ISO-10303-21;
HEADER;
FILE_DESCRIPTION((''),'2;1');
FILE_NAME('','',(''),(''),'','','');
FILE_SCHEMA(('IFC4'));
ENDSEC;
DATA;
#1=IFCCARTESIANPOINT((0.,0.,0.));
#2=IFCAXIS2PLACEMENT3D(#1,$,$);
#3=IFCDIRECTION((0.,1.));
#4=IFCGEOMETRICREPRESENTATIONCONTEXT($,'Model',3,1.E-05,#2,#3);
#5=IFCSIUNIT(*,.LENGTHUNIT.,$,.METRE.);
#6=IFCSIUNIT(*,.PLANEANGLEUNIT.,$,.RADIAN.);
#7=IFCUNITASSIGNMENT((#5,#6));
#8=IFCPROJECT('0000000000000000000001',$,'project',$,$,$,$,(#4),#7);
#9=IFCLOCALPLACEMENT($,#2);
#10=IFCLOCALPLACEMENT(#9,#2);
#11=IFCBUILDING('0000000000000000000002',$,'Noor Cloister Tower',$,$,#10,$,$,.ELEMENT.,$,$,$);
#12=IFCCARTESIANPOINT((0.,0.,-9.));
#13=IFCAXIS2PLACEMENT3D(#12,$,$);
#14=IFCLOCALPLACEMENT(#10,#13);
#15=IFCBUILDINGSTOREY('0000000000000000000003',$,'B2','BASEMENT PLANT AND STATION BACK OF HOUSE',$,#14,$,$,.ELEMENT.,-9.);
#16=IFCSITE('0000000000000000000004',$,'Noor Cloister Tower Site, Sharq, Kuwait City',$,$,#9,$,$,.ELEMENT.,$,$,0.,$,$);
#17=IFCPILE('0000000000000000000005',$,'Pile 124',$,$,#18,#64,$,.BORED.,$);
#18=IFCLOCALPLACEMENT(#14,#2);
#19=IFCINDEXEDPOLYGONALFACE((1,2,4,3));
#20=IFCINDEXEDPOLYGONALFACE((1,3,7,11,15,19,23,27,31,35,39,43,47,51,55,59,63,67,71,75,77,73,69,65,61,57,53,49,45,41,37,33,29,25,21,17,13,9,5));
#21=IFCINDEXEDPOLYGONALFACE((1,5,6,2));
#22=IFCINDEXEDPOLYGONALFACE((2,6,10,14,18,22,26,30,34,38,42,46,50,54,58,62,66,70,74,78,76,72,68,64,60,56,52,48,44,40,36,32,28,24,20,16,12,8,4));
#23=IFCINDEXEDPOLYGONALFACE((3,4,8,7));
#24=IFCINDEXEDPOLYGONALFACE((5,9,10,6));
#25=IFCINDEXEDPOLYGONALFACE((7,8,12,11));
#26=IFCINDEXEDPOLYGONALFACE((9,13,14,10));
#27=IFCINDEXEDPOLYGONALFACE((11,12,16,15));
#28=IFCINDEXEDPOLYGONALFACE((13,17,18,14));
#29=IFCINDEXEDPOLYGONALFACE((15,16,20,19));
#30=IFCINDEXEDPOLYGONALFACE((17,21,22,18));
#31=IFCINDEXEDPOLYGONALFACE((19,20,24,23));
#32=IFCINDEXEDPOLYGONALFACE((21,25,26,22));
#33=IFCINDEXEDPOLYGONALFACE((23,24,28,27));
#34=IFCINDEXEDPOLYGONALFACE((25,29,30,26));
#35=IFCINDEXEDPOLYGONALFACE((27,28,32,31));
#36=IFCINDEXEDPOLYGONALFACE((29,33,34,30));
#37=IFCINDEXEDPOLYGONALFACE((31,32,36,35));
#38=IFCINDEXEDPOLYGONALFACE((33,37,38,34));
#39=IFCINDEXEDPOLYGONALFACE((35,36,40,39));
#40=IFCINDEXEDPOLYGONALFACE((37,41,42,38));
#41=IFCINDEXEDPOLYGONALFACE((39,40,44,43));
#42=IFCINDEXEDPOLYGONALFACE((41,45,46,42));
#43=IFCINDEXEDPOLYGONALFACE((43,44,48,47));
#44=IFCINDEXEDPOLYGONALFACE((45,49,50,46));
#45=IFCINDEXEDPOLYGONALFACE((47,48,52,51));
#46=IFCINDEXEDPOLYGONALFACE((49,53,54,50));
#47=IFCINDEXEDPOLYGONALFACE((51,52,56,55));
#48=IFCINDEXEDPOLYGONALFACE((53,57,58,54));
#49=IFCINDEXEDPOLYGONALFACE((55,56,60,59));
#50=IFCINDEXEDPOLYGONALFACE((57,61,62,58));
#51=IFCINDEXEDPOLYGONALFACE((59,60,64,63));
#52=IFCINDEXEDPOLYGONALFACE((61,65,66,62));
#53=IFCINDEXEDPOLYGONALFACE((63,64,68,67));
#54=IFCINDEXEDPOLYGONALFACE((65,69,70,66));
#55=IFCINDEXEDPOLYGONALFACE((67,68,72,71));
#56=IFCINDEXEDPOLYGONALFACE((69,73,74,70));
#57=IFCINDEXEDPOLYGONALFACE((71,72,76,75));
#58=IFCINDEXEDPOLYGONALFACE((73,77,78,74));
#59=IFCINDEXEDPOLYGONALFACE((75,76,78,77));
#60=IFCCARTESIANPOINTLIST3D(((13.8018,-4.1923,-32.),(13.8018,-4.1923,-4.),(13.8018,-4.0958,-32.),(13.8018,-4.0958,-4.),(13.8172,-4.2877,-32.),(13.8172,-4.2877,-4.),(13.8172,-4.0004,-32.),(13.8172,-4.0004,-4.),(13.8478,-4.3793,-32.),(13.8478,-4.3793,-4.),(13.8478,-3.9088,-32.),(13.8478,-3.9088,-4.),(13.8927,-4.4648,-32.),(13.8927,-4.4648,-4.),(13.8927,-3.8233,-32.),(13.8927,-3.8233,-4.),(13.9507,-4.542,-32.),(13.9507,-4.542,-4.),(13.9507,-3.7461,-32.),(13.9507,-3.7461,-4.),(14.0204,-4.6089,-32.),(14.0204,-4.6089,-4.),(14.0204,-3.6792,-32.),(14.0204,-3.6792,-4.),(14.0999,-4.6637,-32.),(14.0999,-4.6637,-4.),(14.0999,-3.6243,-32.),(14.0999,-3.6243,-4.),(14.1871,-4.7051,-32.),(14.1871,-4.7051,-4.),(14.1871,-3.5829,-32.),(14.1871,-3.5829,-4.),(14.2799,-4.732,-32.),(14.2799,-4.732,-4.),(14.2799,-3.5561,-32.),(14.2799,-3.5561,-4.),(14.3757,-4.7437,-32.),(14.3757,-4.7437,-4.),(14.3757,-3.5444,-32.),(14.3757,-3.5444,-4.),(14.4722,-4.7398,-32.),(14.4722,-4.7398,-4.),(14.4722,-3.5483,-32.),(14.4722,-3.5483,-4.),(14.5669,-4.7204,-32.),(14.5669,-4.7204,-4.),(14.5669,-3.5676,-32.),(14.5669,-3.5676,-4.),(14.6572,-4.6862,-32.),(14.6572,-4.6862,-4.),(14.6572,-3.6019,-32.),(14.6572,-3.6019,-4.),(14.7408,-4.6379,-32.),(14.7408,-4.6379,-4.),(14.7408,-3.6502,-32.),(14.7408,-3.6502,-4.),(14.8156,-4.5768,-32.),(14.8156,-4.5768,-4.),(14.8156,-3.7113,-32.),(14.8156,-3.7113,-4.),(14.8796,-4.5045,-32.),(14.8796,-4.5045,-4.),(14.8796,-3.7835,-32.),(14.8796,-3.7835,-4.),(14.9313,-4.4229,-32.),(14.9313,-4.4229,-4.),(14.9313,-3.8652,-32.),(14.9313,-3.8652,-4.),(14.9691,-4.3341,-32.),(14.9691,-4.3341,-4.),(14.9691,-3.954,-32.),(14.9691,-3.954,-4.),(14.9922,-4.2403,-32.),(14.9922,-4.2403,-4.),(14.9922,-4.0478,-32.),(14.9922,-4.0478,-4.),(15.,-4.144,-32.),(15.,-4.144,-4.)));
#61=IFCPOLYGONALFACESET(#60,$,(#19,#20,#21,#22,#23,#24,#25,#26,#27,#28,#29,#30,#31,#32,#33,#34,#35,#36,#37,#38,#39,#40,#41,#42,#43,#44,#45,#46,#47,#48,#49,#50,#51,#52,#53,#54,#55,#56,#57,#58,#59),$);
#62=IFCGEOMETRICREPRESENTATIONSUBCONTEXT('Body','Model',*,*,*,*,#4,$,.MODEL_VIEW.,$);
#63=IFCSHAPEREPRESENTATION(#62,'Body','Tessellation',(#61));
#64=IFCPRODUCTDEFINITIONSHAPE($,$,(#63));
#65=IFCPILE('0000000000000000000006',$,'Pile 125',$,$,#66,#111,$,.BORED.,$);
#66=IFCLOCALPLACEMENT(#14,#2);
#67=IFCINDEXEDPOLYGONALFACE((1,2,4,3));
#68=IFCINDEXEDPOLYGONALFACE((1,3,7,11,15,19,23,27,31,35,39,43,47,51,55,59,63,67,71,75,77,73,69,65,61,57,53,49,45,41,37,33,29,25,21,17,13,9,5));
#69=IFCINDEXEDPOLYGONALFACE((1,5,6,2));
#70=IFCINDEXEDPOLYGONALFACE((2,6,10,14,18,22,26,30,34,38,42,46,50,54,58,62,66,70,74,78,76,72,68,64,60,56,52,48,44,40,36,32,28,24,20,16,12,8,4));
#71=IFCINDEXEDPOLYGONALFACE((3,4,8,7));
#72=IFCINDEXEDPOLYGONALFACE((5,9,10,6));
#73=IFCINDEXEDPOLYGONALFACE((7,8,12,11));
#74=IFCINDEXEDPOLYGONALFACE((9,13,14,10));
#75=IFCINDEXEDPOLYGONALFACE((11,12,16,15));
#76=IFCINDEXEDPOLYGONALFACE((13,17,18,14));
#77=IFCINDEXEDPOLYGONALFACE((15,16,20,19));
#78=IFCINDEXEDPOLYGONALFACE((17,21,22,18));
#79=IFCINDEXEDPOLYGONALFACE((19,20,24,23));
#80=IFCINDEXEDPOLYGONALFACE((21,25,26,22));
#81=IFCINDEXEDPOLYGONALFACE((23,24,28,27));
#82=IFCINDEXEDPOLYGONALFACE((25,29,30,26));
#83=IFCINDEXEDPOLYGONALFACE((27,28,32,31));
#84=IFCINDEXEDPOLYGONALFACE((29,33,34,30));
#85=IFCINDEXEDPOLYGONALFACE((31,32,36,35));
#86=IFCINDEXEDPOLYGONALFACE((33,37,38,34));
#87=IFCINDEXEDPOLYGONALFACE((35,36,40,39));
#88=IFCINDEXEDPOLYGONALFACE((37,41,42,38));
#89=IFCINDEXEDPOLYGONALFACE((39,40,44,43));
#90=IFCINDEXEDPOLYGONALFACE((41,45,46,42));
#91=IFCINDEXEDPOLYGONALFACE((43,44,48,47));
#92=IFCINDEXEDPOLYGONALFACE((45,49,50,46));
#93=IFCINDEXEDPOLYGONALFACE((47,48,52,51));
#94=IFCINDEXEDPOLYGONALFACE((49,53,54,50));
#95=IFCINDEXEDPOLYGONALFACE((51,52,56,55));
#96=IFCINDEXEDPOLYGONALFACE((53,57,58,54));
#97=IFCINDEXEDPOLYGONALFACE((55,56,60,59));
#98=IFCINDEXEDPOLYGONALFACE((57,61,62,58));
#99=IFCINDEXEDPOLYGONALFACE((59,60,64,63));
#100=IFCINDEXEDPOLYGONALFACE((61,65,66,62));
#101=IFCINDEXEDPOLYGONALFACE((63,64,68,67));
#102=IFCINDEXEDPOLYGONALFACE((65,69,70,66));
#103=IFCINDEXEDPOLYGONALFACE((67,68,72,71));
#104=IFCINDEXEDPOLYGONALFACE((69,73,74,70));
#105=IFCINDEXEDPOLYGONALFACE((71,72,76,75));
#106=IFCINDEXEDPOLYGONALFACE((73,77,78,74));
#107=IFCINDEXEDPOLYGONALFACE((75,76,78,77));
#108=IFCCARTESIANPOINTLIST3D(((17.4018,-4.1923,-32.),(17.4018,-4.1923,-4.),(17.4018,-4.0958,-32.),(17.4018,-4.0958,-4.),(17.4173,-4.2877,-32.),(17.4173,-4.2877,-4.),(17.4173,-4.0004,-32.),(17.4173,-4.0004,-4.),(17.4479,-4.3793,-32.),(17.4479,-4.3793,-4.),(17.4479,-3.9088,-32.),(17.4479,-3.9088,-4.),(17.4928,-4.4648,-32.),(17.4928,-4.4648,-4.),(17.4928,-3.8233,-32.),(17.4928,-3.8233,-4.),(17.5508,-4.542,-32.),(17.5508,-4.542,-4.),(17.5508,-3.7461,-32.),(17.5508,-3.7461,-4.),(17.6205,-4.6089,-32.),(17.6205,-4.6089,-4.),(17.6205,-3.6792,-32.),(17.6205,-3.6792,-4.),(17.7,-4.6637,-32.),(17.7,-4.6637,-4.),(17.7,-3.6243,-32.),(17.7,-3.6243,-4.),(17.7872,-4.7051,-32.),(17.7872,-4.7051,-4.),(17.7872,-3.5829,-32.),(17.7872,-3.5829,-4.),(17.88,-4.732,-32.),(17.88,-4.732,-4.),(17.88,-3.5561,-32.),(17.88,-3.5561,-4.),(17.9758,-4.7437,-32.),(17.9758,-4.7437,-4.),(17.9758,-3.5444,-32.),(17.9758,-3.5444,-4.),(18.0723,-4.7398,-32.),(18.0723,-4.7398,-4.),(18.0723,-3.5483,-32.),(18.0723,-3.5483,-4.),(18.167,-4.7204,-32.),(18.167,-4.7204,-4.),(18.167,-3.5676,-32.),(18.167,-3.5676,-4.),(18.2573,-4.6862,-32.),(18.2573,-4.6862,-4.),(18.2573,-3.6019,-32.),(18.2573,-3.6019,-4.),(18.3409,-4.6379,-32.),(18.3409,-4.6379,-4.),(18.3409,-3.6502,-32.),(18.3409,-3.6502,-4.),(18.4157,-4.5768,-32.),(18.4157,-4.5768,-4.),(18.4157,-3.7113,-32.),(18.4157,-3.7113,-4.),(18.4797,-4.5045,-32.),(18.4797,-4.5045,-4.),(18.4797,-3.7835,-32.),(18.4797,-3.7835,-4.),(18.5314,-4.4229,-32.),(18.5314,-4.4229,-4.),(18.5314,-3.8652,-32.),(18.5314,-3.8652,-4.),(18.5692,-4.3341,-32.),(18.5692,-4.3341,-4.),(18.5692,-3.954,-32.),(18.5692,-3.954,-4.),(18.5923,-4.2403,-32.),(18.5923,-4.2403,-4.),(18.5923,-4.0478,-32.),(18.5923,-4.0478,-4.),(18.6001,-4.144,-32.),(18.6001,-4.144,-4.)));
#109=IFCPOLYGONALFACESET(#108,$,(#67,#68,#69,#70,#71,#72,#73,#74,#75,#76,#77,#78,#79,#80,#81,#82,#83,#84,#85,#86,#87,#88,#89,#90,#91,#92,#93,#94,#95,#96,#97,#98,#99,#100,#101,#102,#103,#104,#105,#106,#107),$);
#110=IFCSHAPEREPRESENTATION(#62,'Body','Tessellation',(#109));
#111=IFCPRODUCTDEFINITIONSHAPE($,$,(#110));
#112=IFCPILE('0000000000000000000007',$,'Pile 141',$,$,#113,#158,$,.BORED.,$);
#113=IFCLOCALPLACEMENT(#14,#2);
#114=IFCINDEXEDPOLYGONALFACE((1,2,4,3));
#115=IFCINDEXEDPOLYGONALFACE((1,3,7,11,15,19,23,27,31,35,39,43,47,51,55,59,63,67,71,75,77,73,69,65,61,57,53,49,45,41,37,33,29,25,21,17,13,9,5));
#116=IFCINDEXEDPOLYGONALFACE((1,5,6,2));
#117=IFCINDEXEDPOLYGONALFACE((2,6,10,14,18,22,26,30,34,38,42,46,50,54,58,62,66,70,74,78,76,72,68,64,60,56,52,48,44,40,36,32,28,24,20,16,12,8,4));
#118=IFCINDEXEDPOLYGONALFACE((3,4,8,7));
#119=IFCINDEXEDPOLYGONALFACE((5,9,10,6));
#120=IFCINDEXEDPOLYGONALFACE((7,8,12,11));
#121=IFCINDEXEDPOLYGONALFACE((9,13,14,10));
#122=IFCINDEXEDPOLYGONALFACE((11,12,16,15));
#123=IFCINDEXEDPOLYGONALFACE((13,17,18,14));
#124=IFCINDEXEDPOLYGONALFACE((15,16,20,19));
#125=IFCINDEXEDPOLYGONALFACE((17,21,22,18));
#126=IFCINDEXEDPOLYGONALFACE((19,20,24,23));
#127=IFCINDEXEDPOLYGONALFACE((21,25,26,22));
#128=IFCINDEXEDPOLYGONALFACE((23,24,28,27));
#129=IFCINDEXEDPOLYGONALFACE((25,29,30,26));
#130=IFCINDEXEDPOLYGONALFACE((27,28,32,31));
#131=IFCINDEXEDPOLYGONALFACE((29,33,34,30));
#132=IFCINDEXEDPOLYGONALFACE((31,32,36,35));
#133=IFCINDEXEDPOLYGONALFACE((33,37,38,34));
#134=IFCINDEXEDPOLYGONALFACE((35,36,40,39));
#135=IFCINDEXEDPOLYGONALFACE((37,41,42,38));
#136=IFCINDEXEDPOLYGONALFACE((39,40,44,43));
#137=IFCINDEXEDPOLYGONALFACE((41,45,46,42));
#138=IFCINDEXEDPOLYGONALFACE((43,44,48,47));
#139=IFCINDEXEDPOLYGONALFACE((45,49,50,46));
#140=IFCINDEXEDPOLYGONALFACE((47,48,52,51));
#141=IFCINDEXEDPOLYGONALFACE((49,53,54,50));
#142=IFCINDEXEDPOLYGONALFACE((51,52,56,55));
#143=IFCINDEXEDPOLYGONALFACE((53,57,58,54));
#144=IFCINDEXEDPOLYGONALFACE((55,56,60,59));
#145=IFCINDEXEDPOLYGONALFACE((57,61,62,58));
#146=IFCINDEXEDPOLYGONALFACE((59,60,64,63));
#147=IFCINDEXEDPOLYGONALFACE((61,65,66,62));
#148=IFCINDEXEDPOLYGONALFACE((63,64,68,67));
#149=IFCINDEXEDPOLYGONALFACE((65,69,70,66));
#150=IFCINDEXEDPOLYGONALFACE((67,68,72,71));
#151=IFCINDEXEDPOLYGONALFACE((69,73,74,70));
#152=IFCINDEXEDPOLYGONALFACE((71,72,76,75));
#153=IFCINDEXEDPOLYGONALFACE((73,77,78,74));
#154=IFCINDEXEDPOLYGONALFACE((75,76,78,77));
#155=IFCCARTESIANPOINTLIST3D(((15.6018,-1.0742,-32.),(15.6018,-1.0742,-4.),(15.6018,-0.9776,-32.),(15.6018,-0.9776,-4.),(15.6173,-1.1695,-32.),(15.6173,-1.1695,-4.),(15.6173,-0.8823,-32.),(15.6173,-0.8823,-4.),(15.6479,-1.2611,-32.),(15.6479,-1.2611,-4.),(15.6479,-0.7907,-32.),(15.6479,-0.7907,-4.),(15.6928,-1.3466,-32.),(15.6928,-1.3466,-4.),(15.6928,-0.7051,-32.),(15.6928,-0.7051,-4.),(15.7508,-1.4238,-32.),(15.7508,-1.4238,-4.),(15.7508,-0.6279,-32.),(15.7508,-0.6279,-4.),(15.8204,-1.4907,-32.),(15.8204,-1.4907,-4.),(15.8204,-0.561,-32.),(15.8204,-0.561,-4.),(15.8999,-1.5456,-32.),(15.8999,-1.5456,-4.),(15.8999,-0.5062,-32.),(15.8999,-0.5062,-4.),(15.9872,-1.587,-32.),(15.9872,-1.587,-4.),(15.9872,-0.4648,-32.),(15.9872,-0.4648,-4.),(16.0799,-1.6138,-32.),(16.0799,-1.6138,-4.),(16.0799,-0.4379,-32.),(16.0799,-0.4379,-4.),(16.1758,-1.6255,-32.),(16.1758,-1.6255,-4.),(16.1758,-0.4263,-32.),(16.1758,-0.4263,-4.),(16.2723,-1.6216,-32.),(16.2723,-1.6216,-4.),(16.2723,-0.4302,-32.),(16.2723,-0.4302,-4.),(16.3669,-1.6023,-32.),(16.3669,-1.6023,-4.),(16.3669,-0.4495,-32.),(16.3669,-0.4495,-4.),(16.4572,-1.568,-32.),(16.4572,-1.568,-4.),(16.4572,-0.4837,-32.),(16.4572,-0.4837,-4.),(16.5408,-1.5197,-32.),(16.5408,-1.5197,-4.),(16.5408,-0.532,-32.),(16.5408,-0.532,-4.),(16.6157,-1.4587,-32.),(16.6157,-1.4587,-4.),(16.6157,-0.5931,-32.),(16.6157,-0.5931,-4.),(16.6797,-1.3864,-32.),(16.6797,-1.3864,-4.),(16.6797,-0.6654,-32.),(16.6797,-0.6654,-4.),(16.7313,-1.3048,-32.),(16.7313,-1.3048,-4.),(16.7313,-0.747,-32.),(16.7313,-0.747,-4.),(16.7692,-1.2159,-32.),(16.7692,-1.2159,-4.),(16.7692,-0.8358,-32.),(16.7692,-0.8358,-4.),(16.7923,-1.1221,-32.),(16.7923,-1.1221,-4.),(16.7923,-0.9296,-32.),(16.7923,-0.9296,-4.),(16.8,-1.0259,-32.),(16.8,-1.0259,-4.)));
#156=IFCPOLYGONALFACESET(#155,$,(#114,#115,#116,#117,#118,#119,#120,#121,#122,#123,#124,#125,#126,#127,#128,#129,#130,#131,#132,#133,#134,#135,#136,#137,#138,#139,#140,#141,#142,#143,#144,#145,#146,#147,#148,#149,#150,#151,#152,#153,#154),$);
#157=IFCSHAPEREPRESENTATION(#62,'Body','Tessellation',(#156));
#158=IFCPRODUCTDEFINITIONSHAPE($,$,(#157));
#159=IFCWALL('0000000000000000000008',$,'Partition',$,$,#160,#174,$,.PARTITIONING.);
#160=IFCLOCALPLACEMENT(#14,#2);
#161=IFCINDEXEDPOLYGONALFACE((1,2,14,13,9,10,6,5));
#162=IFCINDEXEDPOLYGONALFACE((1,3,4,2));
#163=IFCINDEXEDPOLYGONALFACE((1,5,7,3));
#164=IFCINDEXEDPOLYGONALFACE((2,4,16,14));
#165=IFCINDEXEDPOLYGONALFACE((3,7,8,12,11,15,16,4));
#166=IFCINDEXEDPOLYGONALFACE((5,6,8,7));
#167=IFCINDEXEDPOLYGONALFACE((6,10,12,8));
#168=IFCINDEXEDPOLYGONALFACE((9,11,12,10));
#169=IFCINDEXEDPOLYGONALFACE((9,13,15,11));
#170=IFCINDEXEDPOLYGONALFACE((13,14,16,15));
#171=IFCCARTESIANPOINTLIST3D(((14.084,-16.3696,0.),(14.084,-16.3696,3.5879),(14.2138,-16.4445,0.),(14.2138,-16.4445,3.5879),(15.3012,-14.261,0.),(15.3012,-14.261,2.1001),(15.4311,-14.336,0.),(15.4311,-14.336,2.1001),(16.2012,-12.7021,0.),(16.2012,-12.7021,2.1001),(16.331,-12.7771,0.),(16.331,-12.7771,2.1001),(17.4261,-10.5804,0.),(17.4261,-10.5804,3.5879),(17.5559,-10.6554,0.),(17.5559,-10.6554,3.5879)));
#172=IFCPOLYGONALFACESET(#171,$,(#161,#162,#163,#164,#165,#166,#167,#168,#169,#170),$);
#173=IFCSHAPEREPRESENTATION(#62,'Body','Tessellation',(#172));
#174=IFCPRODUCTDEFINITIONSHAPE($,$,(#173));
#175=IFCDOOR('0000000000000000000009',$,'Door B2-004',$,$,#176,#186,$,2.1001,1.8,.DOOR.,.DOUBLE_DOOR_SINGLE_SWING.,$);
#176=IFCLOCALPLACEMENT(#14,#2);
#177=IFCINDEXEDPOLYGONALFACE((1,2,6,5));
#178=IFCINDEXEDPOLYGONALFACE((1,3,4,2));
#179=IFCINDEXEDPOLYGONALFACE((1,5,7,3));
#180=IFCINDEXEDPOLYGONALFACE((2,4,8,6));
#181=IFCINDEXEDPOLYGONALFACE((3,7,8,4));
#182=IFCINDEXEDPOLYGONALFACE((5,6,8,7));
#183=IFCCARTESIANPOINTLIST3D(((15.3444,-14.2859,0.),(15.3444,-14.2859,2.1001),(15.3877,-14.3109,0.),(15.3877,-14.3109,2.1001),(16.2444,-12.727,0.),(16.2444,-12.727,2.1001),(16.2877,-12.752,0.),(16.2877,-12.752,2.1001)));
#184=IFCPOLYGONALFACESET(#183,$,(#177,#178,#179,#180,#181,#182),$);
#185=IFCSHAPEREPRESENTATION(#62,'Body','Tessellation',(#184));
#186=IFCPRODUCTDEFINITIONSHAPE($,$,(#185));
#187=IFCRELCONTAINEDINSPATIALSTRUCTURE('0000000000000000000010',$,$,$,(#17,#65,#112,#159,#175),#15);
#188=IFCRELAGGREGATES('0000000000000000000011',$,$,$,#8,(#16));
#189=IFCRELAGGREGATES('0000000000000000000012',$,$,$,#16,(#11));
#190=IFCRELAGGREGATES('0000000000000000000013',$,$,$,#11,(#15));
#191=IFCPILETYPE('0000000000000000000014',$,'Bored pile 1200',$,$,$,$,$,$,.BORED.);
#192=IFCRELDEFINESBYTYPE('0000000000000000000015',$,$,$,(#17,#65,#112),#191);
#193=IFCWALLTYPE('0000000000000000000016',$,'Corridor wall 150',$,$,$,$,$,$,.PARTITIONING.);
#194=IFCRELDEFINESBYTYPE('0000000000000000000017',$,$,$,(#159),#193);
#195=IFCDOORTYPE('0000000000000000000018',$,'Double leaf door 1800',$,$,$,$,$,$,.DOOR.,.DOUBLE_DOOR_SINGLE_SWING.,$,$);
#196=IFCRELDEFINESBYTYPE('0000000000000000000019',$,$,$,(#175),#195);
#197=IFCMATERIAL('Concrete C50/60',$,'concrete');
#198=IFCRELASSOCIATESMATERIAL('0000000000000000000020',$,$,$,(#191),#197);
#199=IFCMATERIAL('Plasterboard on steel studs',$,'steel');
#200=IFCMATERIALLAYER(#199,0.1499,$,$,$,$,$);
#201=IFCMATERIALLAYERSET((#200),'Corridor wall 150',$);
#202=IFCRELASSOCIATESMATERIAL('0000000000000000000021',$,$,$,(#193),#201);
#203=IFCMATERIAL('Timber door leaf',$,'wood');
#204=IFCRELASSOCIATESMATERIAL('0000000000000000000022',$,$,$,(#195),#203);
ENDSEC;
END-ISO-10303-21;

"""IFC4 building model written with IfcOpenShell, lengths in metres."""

from ifc_helpers import new_model, si_unit, direction, frame, frame_2d, origin, origin_2d, place, context, subcontext, project, spatial, rectangle, circle, extrude, material, layer, layer_set, material_profile, profile_set, type_object, element, fill, save


model = new_model("IFC4")

# Units and contexts
model_context = context("Model", 3, precision=1e-05, world=origin(), true_north=direction((0.0, 1.0)))
body_context = subcontext(model_context, "Body", "Model", "MODEL_VIEW")
ifc_project = project(units=[si_unit("LENGTHUNIT", "METRE"), si_unit("PLANEANGLEUNIT", "RADIAN")], contexts=[model_context])

# Site, building, storey
site_placement = place(None, origin())
site = spatial("IfcSite", under=ifc_project, at=site_placement, Name="Noor Cloister Tower Site, Sharq, Kuwait City", CompositionType="ELEMENT", RefElevation=0.0)
building_placement = place(site_placement, origin())
building = spatial("IfcBuilding", under=site, at=building_placement, Name="Noor Cloister Tower", CompositionType="ELEMENT")
storey_placement = place(building_placement, frame((0.0, 0.0, -9.0)))
storey = spatial("IfcBuildingStorey", under=building, at=storey_placement, Name="B2", Description="BASEMENT PLANT AND STATION BACK OF HOUSE", CompositionType="ELEMENT", Elevation=-9.0)

# Piles
ifc_material_1 = material(Name="Concrete C50/60", Category="concrete")
ifc_material_profile = material_profile(ifc_material_1, circle(Radius=0.6001, at=origin_2d()), Name="Bored pile 1200")
ifc_profile_set = profile_set([ifc_material_profile], Name="Concrete C50/60")
pile_type = type_object("IfcPileType", Name="Bored pile 1200", PredefinedType="BORED", material=ifc_profile_set)
for number, where, z_axis, x_axis, name in (
    (1, (14.3999, -4.144, -4.0), (0.0, 0.0, -1.0), (1.0, 0.0, 0.0), "Pile 124"),
    (2, (18.0, -4.144, -4.0), (0.0, 0.0, -1.0), (1.0, 0.0, 0.0), "Pile 125"),
    (3, (16.2, -1.0259, -4.0), (0.0, 0.0, -1.0), (1.0, 0.0, 0.0), "Pile 141"),
):
    element("IfcPile", number, at=place(storey_placement, frame(where, z_axis=z_axis, x_axis=x_axis)), inside=storey, type_object=pile_type, Name=name, PredefinedType="BORED", context=body_context, shape_type="SweptSolid", body=[
        extrude(circle(Radius=0.6001, at=origin_2d()), origin(), (0.0, 0.0, 1.0), 28.0),
    ])

# Wall, opening, door
ifc_material_2 = material(Name="Plasterboard on steel studs", Category="steel")
ifc_layer_1 = layer(ifc_material_2, 0.1499)
ifc_layer_set_1 = layer_set([ifc_layer_1], Name="Corridor wall 150")
wall_type_1 = type_object("IfcWallType", Name="Corridor wall 150", PredefinedType="PARTITIONING", material=ifc_layer_set_1)
wall_1_placement = place(storey_placement, frame((17.491, -10.6179, 0.0), z_axis=(0.0, 0.0, 1.0), x_axis=(-0.499969, -0.866043, 0.0)))
wall_1 = element("IfcWall", 4, at=wall_1_placement, inside=storey, type_object=wall_type_1, Name="Partition", PredefinedType="PARTITIONING", context=body_context, shape_type="SweptSolid", body=[
    extrude(rectangle(XDim=6.6846, YDim=0.1499, at=frame_2d((3.3423, 0.0))), origin(), (0.0, 0.0, 1.0), 3.5879),
])
opening_1_placement = place(wall_1_placement, frame((2.45, 0.0, 0.0)))
opening_1 = element("IfcOpeningElement", 5, at=opening_1_placement, cuts=wall_1, PredefinedType="OPENING", context=body_context, shape_type="SweptSolid", body=[
    extrude(rectangle(XDim=1.8, YDim=2.1001, at=frame_2d((0.8999, 1.05))), frame((0.0, 0.085, 0.0), z_axis=(0.0, -1.0, 0.0), x_axis=(1.0, 0.0, 0.0)), (0.0, 0.0, 1.0), 0.1699),
])
ifc_material_3 = material(Name="Timber door leaf", Category="wood")
door_type_1 = type_object("IfcDoorType", Name="Double leaf door 1800", OperationType="DOUBLE_DOOR_SINGLE_SWING", PredefinedType="DOOR", material=ifc_material_3)
door_1_placement = place(opening_1_placement, origin())
door_1 = element("IfcDoor", 6, at=door_1_placement, inside=storey, type_object=door_type_1, Name="Door B2-004", OperationType="DOUBLE_DOOR_SINGLE_SWING", OverallHeight=2.1001, OverallWidth=1.8, PredefinedType="DOOR", context=body_context, shape_type="SweptSolid", body=[
    extrude(rectangle(XDim=1.8, YDim=2.1001, at=frame_2d((0.8999, 1.05))), frame((0.0, 0.0249, 0.0), z_axis=(0.0, -1.0, 0.0), x_axis=(1.0, 0.0, 0.0)), (0.0, 0.0, 1.0), 0.05),
])
fill(opening_1, door_1)

save(model, "model.ifc")
